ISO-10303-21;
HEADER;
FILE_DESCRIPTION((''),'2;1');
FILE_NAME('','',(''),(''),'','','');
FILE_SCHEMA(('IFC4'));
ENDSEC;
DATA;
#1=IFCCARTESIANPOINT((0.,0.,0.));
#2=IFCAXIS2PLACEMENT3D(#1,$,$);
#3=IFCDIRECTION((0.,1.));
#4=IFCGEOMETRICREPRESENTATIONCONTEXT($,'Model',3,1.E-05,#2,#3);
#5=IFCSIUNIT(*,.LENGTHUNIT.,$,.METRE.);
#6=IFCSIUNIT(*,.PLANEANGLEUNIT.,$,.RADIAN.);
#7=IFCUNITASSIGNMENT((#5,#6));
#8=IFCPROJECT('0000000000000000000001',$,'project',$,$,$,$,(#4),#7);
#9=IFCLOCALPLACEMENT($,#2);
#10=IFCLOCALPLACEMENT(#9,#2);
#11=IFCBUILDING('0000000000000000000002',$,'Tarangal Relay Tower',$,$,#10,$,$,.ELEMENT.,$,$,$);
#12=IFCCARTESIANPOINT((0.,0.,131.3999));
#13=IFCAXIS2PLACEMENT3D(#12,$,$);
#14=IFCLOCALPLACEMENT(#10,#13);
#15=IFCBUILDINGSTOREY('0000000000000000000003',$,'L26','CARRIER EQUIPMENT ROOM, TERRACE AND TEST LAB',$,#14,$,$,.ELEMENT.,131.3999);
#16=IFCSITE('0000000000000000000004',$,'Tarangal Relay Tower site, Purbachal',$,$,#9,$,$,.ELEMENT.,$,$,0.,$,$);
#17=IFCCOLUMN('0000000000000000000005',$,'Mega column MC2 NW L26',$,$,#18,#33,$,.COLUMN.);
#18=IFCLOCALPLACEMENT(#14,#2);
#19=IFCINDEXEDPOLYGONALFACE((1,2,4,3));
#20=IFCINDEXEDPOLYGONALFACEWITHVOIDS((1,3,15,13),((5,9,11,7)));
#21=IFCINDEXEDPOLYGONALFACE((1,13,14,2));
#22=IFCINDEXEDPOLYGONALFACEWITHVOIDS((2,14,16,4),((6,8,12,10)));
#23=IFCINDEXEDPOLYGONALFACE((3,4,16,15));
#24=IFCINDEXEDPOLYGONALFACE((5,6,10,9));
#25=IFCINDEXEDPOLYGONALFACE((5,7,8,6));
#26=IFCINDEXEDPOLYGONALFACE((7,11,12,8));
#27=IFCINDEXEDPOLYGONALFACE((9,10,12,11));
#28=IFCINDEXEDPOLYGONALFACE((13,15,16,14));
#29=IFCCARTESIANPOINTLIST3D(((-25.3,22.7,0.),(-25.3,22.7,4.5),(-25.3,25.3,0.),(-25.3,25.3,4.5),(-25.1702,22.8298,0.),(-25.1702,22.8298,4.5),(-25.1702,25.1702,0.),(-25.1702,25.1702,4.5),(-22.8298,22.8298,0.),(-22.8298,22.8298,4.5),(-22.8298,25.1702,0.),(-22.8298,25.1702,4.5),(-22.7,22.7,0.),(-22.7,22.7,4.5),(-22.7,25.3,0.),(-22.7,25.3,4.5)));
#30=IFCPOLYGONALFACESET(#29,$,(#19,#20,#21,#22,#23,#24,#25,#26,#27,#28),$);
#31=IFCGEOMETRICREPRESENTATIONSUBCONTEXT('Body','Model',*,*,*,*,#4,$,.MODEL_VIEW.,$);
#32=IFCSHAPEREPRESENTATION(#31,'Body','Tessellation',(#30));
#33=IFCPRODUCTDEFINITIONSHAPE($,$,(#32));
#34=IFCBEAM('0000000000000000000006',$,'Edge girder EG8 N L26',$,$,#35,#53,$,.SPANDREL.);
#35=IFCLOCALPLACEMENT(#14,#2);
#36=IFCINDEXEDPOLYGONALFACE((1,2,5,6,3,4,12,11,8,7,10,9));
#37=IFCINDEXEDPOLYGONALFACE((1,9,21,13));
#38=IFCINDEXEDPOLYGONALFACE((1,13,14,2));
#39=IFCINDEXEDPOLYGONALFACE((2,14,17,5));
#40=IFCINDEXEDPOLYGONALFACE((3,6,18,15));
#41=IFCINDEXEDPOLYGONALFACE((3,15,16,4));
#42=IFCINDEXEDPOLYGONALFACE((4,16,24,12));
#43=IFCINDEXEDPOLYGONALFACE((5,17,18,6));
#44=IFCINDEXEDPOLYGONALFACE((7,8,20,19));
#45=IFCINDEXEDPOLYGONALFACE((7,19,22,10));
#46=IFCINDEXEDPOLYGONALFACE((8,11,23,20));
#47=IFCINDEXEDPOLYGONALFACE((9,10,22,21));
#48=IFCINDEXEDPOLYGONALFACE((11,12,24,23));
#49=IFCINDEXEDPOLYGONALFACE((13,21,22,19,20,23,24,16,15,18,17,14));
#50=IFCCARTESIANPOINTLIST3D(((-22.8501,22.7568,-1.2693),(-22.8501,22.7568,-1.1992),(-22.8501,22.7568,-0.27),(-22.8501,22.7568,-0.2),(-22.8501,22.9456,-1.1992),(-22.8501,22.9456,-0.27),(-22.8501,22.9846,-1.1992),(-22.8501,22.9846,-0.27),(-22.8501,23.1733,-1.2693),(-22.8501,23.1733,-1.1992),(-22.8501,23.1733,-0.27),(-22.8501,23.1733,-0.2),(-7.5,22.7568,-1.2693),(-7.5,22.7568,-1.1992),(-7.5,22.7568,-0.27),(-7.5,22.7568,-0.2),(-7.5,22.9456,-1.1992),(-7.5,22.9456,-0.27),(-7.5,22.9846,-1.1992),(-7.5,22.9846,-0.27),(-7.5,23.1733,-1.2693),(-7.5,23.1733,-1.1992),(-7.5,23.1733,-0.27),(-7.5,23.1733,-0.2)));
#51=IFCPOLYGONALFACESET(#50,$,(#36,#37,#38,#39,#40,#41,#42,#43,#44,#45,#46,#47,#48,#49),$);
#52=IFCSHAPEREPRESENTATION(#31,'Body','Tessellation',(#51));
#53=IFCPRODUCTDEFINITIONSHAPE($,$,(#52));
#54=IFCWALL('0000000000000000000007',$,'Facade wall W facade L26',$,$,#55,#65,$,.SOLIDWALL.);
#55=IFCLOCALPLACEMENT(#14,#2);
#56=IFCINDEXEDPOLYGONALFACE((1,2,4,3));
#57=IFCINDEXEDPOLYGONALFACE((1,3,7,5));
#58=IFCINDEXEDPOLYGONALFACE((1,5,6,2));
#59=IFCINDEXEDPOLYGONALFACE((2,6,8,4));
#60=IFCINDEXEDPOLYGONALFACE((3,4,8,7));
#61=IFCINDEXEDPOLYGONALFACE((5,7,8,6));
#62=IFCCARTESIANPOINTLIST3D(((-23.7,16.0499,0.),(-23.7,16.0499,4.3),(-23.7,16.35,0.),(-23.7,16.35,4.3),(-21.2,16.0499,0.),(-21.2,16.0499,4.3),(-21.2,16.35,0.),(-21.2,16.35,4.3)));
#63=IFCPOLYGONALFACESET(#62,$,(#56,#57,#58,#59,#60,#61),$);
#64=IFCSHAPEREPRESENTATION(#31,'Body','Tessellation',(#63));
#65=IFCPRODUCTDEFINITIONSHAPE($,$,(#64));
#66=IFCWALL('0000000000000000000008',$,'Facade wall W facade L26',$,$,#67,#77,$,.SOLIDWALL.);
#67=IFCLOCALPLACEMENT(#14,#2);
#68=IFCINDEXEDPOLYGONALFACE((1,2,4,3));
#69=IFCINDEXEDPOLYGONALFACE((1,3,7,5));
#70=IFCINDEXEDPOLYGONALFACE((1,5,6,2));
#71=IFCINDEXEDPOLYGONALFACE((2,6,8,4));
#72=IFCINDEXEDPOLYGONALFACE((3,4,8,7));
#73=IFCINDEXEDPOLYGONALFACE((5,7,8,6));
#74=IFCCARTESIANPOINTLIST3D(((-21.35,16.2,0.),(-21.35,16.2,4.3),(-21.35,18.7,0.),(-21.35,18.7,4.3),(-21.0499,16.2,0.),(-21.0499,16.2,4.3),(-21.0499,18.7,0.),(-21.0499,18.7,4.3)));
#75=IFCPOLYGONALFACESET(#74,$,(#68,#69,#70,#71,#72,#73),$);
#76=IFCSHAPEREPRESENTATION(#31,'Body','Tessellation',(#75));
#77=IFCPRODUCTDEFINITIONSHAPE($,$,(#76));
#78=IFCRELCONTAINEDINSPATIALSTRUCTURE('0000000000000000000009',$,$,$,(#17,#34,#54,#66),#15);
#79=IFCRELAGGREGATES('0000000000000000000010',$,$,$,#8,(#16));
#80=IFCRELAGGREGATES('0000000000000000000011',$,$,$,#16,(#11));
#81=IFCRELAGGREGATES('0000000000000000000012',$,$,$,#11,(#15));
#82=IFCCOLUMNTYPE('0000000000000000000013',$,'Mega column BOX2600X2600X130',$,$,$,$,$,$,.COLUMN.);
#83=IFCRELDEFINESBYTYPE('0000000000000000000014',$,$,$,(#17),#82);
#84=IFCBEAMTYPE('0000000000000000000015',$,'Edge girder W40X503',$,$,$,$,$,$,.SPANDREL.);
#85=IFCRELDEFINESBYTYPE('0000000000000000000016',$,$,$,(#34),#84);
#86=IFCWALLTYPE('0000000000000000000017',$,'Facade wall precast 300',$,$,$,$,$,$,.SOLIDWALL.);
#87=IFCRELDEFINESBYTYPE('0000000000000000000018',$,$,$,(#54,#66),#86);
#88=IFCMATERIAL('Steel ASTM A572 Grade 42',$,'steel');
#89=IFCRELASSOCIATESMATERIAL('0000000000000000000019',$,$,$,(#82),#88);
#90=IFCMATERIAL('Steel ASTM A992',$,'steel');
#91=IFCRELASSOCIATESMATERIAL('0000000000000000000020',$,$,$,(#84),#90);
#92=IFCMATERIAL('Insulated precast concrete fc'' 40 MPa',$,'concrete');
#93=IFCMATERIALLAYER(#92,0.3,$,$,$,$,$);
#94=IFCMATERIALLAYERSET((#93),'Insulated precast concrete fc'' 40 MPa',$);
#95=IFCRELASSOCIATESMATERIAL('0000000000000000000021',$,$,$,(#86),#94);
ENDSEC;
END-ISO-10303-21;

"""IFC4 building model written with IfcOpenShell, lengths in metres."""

from ifc_helpers import new_model, si_unit, direction, frame, frame_2d, origin, origin_2d, place, context, subcontext, project, spatial, rectangle, hollow_rectangle, i_section, extrude, material, layer, layer_set, material_profile, profile_set, type_object, element, save


model = new_model("IFC4")

# Units and contexts
model_context = context("Model", 3, precision=1e-05, world=origin(), true_north=direction((0.0, 1.0)))
body_context = subcontext(model_context, "Body", "Model", "MODEL_VIEW")
ifc_project = project(units=[si_unit("LENGTHUNIT", "METRE"), si_unit("PLANEANGLEUNIT", "RADIAN")], contexts=[model_context])

# Site, building, storey
site_placement = place(None, origin())
site = spatial("IfcSite", under=ifc_project, at=site_placement, Name="Tarangal Relay Tower site, Purbachal", CompositionType="ELEMENT", RefElevation=0.0)
building_placement = place(site_placement, origin())
building = spatial("IfcBuilding", under=site, at=building_placement, Name="Tarangal Relay Tower", CompositionType="ELEMENT")
storey_placement = place(building_placement, frame((0.0, 0.0, 131.3999)))
storey = spatial("IfcBuildingStorey", under=building, at=storey_placement, Name="L26", Description="CARRIER EQUIPMENT ROOM, TERRACE AND TEST LAB", CompositionType="ELEMENT", Elevation=131.3999)

# Column
ifc_material_1 = material(Name="Steel ASTM A572 Grade 42", Category="steel")
ifc_material_profile_1 = material_profile(ifc_material_1, hollow_rectangle(XDim=2.6001, YDim=2.6001, WallThickness=0.1299, at=origin_2d()), Name="BOX2600X2600X130")
ifc_profile_set_1 = profile_set([ifc_material_profile_1], Name="Steel ASTM A572 Grade 42")
column_type = type_object("IfcColumnType", Name="Mega column BOX2600X2600X130", PredefinedType="COLUMN", material=ifc_profile_set_1)
column_placement = place(storey_placement, frame((-24.0, 24.0, 0.0), z_axis=(0.0, 0.0, 1.0), x_axis=(1.0, 0.0, 0.0)))
element("IfcColumn", 1, at=column_placement, inside=storey, type_object=column_type, Name="Mega column MC2 NW L26", PredefinedType="COLUMN", context=body_context, shape_type="SweptSolid", body=[
    extrude(hollow_rectangle(XDim=2.6001, YDim=2.6001, WallThickness=0.1299, at=origin_2d()), origin(), (0.0, 0.0, 1.0), 4.5),
])

# Beam
ifc_material_2 = material(Name="Steel ASTM A992", Category="steel")
ifc_material_profile_2 = material_profile(ifc_material_2, i_section(OverallWidth=0.4165, OverallDepth=1.0693, WebThickness=0.0391, FlangeThickness=0.0701, at=origin_2d()), Name="W40X503")
ifc_profile_set_2 = profile_set([ifc_material_profile_2], Name="Steel ASTM A992")
beam_type = type_object("IfcBeamType", Name="Edge girder W40X503", PredefinedType="SPANDREL", material=ifc_profile_set_2)
beam_placement = place(storey_placement, frame((-22.8501, 22.9651, -0.7346), z_axis=(1.0, 0.0, 0.0), x_axis=(0.0, 1.0, 0.0)))
element("IfcBeam", 2, at=beam_placement, inside=storey, type_object=beam_type, Name="Edge girder EG8 N L26", PredefinedType="SPANDREL", context=body_context, shape_type="SweptSolid", body=[
    extrude(i_section(OverallWidth=0.4165, OverallDepth=1.0693, WebThickness=0.0391, FlangeThickness=0.0701, at=origin_2d()), origin(), (0.0, 0.0, 1.0), 15.3501),
])

# Walls
ifc_material_3 = material(Name="Insulated precast concrete fc' 40 MPa", Category="concrete")
ifc_layer = layer(ifc_material_3, 0.3)
ifc_layer_set = layer_set([ifc_layer], Name="Insulated precast concrete fc' 40 MPa")
wall_type = type_object("IfcWallType", Name="Facade wall precast 300", PredefinedType="SOLIDWALL", material=ifc_layer_set)
for number, where, z_axis, x_axis, name in (
    (3, (-23.7, 16.2, 0.0), (0.0, 0.0, 1.0), (1.0, 0.0, 0.0), "Facade wall W facade L26"),
    (4, (-21.2, 16.2, 0.0), (0.0, 0.0, 1.0), (0.0, 1.0, 0.0), "Facade wall W facade L26"),
):
    element("IfcWall", number, at=place(storey_placement, frame(where, z_axis=z_axis, x_axis=x_axis)), inside=storey, type_object=wall_type, Name=name, PredefinedType="SOLIDWALL", context=body_context, shape_type="SweptSolid", body=[
        extrude(rectangle(XDim=2.5, YDim=0.3, at=frame_2d((1.25, 0.0))), origin(), (0.0, 0.0, 1.0), 4.3),
    ])

save(model, "model.ifc")
